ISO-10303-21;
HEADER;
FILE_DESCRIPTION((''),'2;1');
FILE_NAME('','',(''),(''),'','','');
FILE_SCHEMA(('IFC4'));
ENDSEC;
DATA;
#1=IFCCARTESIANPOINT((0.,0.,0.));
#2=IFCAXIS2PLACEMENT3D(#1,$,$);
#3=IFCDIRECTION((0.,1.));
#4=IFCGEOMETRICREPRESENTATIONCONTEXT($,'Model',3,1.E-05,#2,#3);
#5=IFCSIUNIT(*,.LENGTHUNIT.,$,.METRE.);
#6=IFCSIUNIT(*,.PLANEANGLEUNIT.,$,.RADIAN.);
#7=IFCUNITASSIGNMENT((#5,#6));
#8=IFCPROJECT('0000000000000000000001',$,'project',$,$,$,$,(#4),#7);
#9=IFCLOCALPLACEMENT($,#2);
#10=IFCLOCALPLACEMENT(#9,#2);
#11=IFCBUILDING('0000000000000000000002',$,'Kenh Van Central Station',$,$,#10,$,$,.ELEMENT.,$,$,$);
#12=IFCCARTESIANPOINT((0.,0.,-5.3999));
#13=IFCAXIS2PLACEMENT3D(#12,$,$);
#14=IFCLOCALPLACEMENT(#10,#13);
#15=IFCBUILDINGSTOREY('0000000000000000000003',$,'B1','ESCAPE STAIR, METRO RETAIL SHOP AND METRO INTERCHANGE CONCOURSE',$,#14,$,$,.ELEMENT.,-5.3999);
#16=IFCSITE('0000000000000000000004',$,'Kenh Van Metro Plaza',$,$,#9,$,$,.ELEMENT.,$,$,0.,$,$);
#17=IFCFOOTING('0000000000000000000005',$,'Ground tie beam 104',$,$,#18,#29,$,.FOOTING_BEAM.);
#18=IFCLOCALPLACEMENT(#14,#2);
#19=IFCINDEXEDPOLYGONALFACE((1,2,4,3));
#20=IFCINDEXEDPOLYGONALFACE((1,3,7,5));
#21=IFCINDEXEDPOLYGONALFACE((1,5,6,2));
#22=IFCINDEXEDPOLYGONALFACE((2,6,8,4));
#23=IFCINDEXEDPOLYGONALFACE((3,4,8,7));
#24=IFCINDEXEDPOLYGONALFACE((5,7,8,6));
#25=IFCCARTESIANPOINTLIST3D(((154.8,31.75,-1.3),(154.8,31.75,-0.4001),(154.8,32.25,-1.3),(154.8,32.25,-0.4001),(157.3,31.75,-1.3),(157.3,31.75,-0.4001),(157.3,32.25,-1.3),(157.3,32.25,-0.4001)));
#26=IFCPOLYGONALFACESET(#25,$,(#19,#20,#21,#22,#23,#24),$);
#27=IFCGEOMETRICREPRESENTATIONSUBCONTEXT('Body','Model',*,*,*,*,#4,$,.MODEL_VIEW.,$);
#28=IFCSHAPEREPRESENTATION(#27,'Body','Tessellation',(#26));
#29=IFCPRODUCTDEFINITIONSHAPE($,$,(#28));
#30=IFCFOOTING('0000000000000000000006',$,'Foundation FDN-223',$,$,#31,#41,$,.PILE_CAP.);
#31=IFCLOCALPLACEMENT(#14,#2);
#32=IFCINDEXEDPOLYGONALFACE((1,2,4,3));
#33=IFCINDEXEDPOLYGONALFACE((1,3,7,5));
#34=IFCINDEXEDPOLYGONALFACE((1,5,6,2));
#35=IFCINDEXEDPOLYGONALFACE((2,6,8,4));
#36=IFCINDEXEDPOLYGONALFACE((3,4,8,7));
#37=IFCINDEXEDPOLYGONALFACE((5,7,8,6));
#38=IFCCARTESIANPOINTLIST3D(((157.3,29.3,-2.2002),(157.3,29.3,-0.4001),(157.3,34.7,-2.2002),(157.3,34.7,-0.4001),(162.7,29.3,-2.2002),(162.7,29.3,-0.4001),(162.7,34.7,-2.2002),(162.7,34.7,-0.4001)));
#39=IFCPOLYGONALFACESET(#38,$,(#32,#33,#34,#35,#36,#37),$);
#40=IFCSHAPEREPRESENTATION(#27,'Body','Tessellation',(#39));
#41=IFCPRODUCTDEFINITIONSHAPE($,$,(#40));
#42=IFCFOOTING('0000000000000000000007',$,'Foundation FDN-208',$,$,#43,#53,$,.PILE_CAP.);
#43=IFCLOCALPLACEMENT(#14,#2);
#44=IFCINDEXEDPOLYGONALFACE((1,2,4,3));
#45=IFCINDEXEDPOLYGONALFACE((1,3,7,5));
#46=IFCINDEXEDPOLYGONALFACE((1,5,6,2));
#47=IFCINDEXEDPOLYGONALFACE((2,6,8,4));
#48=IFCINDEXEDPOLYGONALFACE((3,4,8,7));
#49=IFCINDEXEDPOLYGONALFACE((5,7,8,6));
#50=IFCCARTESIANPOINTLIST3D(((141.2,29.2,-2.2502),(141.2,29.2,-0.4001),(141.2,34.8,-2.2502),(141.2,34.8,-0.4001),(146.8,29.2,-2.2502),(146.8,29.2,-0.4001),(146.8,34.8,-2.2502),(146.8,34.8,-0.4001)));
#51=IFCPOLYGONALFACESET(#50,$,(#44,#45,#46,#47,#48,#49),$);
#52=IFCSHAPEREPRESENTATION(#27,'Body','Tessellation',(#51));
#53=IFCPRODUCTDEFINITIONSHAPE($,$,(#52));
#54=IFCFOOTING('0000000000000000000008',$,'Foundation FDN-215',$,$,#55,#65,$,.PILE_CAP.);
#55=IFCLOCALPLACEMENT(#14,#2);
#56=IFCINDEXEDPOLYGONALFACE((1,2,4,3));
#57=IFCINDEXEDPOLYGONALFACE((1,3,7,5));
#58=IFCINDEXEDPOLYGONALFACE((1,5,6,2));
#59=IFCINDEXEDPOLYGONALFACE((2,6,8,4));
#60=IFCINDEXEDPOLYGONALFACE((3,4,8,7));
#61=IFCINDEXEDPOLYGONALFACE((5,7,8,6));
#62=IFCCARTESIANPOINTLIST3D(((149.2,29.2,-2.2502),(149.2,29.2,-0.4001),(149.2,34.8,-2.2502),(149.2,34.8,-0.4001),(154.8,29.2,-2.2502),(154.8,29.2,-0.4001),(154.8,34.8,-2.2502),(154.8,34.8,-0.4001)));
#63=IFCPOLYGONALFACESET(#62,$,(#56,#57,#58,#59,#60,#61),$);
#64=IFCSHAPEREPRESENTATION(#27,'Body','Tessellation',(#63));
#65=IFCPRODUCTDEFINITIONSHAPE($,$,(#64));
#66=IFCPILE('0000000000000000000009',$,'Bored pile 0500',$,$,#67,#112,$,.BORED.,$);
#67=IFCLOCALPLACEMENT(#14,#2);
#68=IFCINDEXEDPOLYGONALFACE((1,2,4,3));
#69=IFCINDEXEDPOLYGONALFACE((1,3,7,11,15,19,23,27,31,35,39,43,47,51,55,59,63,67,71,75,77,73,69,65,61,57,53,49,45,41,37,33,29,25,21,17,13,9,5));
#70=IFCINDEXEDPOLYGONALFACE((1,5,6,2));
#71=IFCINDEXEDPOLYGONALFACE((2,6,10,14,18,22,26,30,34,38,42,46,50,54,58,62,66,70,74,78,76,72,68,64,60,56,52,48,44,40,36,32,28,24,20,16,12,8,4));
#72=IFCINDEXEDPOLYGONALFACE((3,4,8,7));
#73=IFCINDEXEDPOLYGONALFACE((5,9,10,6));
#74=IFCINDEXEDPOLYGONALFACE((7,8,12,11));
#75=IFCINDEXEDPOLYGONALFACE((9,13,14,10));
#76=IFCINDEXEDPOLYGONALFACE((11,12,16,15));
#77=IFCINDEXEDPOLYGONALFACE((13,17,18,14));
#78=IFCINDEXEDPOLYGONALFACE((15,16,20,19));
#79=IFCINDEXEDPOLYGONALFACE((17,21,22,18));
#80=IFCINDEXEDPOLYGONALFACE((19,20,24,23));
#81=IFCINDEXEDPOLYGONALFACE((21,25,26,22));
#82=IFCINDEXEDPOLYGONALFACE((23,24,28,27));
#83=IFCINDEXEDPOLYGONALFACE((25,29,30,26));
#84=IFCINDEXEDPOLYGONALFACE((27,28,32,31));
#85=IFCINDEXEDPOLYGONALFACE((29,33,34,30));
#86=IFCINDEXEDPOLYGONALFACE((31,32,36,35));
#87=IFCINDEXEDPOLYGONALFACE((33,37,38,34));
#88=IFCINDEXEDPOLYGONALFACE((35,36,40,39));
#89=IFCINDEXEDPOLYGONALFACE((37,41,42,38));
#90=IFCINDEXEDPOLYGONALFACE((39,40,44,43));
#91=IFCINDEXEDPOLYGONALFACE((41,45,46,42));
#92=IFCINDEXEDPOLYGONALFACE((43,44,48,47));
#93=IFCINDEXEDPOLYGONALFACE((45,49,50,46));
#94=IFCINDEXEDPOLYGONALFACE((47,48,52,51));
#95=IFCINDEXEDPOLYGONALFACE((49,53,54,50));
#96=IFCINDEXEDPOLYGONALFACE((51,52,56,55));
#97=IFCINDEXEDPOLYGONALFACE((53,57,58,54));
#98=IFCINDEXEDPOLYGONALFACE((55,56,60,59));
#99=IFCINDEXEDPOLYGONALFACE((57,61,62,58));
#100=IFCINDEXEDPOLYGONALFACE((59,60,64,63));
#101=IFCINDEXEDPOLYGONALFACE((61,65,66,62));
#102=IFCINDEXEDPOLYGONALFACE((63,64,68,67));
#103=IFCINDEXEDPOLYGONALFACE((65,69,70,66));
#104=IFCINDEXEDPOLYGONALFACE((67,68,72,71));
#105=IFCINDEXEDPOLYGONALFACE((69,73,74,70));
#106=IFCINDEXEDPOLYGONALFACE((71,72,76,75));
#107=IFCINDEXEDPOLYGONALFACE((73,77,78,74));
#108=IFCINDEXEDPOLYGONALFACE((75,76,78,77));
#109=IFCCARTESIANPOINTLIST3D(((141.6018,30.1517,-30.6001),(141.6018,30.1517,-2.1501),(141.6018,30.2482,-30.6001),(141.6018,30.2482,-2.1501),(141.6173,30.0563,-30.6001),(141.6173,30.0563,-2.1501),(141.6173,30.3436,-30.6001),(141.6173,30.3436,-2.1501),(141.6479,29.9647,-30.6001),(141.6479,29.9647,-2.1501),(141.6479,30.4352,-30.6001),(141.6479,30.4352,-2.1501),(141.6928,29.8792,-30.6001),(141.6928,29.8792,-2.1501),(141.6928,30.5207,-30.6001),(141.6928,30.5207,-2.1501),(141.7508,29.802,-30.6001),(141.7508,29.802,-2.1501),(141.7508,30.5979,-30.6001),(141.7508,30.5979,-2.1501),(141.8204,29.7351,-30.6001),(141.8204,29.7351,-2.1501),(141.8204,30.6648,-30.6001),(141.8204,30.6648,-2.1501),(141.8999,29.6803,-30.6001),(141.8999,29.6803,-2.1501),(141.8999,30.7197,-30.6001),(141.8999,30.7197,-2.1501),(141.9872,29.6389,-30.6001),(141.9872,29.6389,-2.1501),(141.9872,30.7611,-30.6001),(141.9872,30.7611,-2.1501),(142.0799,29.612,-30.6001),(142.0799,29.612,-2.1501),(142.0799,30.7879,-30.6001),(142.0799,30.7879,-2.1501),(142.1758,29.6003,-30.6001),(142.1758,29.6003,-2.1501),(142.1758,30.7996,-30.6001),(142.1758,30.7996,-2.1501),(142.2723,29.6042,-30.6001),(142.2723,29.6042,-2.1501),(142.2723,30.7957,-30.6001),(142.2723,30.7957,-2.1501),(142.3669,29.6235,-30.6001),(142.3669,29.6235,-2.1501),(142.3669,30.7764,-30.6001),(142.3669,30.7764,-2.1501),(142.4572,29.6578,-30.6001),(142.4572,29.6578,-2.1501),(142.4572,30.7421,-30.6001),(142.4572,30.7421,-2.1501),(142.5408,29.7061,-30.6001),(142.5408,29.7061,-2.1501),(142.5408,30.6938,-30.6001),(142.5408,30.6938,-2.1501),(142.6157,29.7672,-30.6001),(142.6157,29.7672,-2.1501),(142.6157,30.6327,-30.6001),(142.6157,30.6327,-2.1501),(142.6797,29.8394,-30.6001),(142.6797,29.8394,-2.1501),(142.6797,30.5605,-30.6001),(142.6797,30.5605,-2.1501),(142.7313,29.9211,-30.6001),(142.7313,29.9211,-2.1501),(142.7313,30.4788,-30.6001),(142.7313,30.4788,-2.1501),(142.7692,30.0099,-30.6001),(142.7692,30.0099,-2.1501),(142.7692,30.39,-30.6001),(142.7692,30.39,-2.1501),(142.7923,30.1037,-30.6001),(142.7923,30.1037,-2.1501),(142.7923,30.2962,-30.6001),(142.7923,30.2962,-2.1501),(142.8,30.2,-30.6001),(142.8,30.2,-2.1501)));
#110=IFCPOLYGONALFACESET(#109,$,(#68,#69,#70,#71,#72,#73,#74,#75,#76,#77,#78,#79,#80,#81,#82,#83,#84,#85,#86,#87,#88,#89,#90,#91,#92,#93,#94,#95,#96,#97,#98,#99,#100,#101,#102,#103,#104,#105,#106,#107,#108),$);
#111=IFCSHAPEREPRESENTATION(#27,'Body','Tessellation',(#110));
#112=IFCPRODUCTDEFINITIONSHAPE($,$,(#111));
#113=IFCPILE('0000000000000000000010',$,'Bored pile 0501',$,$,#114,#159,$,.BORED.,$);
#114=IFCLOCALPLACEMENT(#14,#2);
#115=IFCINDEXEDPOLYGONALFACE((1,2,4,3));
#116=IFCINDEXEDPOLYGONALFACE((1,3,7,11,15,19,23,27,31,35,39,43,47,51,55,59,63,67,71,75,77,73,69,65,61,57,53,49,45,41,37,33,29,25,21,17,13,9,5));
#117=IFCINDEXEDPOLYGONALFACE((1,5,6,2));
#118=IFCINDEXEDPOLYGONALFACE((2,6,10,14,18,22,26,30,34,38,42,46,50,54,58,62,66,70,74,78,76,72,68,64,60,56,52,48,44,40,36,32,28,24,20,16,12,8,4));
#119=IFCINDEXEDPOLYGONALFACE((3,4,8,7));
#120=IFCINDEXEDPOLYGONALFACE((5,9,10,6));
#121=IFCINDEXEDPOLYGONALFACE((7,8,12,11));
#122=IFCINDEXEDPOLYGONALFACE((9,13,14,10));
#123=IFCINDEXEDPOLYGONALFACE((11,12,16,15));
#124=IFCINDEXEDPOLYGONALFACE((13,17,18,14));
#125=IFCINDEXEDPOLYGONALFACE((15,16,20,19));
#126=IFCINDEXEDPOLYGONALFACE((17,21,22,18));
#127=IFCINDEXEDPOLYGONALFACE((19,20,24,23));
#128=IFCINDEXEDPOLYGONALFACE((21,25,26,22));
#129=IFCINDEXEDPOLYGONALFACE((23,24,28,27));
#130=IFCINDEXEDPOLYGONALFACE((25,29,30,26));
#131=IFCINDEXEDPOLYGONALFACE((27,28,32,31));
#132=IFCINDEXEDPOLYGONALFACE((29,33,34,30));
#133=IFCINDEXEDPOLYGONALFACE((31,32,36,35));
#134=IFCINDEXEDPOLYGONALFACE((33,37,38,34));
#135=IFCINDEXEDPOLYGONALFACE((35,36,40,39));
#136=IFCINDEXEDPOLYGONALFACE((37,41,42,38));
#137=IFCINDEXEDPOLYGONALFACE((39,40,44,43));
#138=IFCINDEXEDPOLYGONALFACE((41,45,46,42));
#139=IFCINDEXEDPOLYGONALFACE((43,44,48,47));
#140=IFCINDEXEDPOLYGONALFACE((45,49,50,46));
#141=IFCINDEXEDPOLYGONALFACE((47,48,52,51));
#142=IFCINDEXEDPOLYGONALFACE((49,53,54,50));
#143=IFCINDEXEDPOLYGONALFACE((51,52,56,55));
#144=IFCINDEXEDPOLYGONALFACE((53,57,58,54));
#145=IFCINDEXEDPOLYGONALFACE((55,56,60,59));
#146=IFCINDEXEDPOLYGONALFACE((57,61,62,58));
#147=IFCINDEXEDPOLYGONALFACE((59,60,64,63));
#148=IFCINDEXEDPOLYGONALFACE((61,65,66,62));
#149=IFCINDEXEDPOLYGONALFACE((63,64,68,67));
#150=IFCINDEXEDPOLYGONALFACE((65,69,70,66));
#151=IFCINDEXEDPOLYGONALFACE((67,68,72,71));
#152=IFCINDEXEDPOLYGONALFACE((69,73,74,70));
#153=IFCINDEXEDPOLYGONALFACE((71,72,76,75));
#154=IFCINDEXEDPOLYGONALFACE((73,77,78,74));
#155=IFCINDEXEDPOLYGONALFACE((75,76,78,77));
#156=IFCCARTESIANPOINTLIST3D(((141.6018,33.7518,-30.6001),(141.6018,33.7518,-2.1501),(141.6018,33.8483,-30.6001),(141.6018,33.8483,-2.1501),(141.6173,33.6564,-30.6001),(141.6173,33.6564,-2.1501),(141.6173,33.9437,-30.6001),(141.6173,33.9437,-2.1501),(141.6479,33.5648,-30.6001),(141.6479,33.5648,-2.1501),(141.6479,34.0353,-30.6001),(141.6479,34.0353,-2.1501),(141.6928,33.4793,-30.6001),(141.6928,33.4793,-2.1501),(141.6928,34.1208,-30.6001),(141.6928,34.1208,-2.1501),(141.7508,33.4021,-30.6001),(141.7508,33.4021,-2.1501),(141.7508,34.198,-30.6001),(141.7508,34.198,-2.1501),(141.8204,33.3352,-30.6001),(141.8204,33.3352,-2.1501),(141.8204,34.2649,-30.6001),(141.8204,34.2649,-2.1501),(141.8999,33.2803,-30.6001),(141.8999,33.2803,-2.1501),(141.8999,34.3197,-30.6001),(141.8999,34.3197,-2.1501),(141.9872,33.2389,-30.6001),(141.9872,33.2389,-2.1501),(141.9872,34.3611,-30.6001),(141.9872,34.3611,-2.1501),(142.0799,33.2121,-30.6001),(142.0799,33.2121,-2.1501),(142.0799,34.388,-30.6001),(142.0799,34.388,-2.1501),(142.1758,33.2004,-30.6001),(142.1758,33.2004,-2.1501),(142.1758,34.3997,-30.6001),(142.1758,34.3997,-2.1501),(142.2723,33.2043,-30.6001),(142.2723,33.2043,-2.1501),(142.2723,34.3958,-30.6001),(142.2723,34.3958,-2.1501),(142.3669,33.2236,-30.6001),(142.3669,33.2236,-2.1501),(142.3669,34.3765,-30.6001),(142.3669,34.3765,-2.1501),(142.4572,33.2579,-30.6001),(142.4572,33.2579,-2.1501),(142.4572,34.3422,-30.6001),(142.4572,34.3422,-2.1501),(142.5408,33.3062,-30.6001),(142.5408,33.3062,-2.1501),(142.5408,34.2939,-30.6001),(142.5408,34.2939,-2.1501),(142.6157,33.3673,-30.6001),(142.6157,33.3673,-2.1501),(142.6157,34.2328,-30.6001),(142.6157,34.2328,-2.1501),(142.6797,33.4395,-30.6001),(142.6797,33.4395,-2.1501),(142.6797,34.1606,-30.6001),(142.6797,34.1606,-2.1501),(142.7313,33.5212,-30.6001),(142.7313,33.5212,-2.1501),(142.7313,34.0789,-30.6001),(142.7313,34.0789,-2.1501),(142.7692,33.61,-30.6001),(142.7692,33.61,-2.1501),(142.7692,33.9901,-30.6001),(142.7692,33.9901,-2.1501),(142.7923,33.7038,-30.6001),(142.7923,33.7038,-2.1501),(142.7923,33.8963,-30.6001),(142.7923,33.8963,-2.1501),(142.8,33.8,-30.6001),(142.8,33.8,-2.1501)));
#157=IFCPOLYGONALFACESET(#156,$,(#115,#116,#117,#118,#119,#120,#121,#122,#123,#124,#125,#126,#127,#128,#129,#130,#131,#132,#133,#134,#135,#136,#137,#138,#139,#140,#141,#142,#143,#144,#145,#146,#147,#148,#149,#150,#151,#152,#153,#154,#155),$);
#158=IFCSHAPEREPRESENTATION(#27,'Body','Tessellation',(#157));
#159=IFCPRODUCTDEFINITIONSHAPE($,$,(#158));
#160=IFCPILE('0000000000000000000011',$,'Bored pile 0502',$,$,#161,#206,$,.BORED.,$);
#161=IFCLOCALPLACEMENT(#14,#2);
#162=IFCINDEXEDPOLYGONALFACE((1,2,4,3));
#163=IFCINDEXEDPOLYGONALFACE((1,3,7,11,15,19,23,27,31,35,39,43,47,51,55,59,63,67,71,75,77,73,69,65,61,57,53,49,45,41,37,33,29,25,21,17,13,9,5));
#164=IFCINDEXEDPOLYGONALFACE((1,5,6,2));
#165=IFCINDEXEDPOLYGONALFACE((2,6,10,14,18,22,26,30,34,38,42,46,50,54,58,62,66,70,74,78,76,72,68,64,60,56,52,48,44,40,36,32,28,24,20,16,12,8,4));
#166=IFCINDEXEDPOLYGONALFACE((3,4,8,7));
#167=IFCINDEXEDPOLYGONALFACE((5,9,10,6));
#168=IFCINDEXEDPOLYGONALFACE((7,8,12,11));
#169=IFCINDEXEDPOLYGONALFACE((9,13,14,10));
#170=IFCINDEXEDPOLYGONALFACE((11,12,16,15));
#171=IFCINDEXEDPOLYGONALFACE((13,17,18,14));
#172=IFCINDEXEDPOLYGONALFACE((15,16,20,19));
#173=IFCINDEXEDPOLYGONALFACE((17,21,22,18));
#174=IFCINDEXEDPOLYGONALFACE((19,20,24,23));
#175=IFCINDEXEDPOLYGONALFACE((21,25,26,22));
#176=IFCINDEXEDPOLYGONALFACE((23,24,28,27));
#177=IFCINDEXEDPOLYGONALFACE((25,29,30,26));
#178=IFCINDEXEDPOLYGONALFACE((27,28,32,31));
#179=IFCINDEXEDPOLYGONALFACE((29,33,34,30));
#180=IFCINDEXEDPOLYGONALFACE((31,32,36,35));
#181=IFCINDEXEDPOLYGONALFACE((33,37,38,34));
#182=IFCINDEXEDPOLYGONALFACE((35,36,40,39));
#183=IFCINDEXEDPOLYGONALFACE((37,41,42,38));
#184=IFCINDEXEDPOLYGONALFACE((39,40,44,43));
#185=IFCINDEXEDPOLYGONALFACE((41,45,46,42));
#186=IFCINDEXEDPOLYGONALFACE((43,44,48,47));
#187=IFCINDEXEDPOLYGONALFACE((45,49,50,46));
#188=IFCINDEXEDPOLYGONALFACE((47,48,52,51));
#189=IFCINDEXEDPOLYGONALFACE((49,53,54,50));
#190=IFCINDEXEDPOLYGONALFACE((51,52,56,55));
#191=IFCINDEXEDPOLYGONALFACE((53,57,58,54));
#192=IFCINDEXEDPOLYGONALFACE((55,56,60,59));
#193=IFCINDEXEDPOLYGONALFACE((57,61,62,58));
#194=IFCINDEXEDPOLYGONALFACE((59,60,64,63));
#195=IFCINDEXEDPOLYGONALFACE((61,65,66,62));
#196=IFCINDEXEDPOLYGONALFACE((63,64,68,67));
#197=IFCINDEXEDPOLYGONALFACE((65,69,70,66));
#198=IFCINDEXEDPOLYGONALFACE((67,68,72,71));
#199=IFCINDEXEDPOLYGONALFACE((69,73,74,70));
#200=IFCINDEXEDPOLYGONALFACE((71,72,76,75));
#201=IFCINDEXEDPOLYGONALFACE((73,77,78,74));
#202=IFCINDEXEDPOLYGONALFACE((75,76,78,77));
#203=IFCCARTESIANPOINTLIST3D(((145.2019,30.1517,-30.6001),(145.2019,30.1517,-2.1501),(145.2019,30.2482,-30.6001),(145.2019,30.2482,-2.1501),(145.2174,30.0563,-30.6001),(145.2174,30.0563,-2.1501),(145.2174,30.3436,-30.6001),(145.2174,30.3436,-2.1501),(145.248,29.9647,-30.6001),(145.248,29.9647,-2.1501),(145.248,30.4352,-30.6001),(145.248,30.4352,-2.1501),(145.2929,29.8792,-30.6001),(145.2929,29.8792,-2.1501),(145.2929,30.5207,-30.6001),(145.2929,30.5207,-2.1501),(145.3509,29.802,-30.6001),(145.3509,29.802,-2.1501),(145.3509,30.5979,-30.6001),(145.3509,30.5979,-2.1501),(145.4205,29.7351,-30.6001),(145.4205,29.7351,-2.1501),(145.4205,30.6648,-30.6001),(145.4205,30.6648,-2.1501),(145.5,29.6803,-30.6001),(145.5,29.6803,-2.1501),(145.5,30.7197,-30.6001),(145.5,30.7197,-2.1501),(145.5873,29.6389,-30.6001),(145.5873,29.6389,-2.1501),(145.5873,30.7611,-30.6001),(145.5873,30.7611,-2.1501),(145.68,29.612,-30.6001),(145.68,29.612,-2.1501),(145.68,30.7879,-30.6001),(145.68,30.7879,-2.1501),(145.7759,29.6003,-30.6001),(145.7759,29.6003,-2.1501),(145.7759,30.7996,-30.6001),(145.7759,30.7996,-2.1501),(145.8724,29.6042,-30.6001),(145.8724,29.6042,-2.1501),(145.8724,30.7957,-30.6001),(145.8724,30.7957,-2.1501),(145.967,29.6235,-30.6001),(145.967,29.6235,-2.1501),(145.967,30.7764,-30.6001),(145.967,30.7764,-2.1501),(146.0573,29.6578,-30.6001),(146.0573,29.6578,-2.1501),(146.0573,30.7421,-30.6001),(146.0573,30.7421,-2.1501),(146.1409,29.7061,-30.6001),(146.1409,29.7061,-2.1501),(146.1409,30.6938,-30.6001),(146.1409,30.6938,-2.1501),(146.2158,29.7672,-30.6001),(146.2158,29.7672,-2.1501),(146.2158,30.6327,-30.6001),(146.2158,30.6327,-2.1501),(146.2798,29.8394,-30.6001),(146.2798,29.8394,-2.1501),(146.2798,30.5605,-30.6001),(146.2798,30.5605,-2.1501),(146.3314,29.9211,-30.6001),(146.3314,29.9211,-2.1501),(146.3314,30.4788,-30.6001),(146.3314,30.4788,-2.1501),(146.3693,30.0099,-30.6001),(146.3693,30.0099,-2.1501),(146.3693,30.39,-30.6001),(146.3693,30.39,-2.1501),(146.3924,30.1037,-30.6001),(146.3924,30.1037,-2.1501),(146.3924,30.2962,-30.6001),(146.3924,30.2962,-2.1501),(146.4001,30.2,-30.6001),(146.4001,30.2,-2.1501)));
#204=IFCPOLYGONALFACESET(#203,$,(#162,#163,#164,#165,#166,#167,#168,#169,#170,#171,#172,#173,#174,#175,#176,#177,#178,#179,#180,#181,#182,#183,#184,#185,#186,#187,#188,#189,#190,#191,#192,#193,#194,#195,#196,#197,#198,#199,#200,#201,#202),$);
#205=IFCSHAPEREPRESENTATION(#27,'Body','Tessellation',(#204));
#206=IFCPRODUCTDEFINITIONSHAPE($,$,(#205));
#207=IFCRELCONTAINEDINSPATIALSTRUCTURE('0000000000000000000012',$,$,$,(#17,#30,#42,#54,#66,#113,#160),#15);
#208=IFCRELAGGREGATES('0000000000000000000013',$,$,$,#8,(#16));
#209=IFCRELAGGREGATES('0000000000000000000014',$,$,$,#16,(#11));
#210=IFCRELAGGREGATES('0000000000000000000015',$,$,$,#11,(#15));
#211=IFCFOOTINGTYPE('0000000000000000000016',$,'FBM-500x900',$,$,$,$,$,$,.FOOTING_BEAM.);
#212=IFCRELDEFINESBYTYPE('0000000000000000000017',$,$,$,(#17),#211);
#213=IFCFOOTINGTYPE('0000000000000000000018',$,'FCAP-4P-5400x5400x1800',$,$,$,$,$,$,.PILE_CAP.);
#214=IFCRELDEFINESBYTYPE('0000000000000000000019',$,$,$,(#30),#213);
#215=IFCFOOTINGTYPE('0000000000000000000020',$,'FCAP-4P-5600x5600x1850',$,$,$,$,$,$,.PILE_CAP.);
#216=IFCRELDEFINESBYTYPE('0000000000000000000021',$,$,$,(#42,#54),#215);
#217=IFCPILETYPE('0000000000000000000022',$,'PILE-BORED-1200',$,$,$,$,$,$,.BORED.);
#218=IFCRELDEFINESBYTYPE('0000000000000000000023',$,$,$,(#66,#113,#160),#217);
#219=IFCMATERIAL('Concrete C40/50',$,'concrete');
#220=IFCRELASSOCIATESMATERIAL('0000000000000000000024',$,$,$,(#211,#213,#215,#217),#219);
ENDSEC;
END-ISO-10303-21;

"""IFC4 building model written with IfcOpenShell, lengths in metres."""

from ifc_helpers import new_model, si_unit, direction, frame, origin, origin_2d, place, context, subcontext, project, spatial, rectangle, circle, extrude, material, material_profile, profile_set, type_object, element, save


model = new_model("IFC4")

# Units and contexts
model_context = context("Model", 3, precision=1e-05, world=origin(), true_north=direction((0.0, 1.0)))
body_context = subcontext(model_context, "Body", "Model", "MODEL_VIEW")
ifc_project = project(units=[si_unit("LENGTHUNIT", "METRE"), si_unit("PLANEANGLEUNIT", "RADIAN")], contexts=[model_context])

# Site, building, storey
site_placement = place(None, origin())
site = spatial("IfcSite", under=ifc_project, at=site_placement, Name="Kenh Van Metro Plaza", CompositionType="ELEMENT", RefElevation=0.0)
building_placement = place(site_placement, origin())
building = spatial("IfcBuilding", under=site, at=building_placement, Name="Kenh Van Central Station", CompositionType="ELEMENT")
storey_placement = place(building_placement, frame((0.0, 0.0, -5.3999)))
storey = spatial("IfcBuildingStorey", under=building, at=storey_placement, Name="B1", Description="ESCAPE STAIR, METRO RETAIL SHOP AND METRO INTERCHANGE CONCOURSE", CompositionType="ELEMENT", Elevation=-5.3999)

# Footings
ifc_material_1 = material(Name="Concrete C40/50", Category="concrete")
ifc_material_profile_1 = material_profile(ifc_material_1, rectangle(XDim=0.5, YDim=0.8999, at=origin_2d()), Name="RC 500x900")
ifc_profile_set_1 = profile_set([ifc_material_profile_1], Name="Concrete C40/50")
footing_type_1 = type_object("IfcFootingType", Name="FBM-500x900", PredefinedType="FOOTING_BEAM", material=ifc_profile_set_1)
footing_1_placement = place(storey_placement, frame((154.8, 32.0, -0.8501), z_axis=(1.0, 0.0, 0.0), x_axis=(0.0, 1.0, 0.0)))
element("IfcFooting", 1, at=footing_1_placement, inside=storey, type_object=footing_type_1, Name="Ground tie beam 104", PredefinedType="FOOTING_BEAM", context=body_context, shape_type="SweptSolid", body=[
    extrude(rectangle(XDim=0.5, YDim=0.8999, at=origin_2d()), origin(), (0.0, 0.0, 1.0), 2.5),
])
footing_type_2 = type_object("IfcFootingType", Name="FCAP-4P-5400x5400x1800", PredefinedType="PILE_CAP", material=ifc_material_1)
footing_2_placement = place(storey_placement, frame((160.0, 32.0, -2.2002), z_axis=(0.0, 0.0, 1.0), x_axis=(1.0, 0.0, 0.0)))
element("IfcFooting", 2, at=footing_2_placement, inside=storey, type_object=footing_type_2, Name="Foundation FDN-223", PredefinedType="PILE_CAP", context=body_context, shape_type="SweptSolid", body=[
    extrude(rectangle(XDim=5.3999, YDim=5.3999, at=origin_2d()), origin(), (0.0, 0.0, 1.0), 1.8),
])
footing_type_3 = type_object("IfcFootingType", Name="FCAP-4P-5600x5600x1850", PredefinedType="PILE_CAP", material=ifc_material_1)
for number, where, z_axis, x_axis, name in (
    (3, (144.0, 32.0, -2.2502), (0.0, 0.0, 1.0), (1.0, 0.0, 0.0), "Foundation FDN-208"),
    (4, (152.0, 32.0, -2.2502), (0.0, 0.0, 1.0), (1.0, 0.0, 0.0), "Foundation FDN-215"),
):
    element("IfcFooting", number, at=place(storey_placement, frame(where, z_axis=z_axis, x_axis=x_axis)), inside=storey, type_object=footing_type_3, Name=name, PredefinedType="PILE_CAP", context=body_context, shape_type="SweptSolid", body=[
        extrude(rectangle(XDim=5.6001, YDim=5.6001, at=origin_2d()), origin(), (0.0, 0.0, 1.0), 1.8501),
    ])

# Piles
ifc_material_profile_2 = material_profile(ifc_material_1, circle(Radius=0.6001, at=origin_2d()), Name="PILE D1200")
ifc_profile_set_2 = profile_set([ifc_material_profile_2], Name="Concrete C40/50")
pile_type = type_object("IfcPileType", Name="PILE-BORED-1200", PredefinedType="BORED", material=ifc_profile_set_2)
for number, where, z_axis, x_axis, name in (
    (5, (142.2, 30.2, -2.1501), (0.0, 0.0, -1.0), (1.0, 0.0, 0.0), "Bored pile 0500"),
    (6, (142.2, 33.8, -2.1501), (0.0, 0.0, -1.0), (1.0, 0.0, 0.0), "Bored pile 0501"),
    (7, (145.8, 30.2, -2.1501), (0.0, 0.0, -1.0), (1.0, 0.0, 0.0), "Bored pile 0502"),
):
    element("IfcPile", number, at=place(storey_placement, frame(where, z_axis=z_axis, x_axis=x_axis)), inside=storey, type_object=pile_type, Name=name, PredefinedType="BORED", context=body_context, shape_type="SweptSolid", body=[
        extrude(circle(Radius=0.6001, at=origin_2d()), origin(), (0.0, 0.0, 1.0), 28.45),
    ])

save(model, "model.ifc")
